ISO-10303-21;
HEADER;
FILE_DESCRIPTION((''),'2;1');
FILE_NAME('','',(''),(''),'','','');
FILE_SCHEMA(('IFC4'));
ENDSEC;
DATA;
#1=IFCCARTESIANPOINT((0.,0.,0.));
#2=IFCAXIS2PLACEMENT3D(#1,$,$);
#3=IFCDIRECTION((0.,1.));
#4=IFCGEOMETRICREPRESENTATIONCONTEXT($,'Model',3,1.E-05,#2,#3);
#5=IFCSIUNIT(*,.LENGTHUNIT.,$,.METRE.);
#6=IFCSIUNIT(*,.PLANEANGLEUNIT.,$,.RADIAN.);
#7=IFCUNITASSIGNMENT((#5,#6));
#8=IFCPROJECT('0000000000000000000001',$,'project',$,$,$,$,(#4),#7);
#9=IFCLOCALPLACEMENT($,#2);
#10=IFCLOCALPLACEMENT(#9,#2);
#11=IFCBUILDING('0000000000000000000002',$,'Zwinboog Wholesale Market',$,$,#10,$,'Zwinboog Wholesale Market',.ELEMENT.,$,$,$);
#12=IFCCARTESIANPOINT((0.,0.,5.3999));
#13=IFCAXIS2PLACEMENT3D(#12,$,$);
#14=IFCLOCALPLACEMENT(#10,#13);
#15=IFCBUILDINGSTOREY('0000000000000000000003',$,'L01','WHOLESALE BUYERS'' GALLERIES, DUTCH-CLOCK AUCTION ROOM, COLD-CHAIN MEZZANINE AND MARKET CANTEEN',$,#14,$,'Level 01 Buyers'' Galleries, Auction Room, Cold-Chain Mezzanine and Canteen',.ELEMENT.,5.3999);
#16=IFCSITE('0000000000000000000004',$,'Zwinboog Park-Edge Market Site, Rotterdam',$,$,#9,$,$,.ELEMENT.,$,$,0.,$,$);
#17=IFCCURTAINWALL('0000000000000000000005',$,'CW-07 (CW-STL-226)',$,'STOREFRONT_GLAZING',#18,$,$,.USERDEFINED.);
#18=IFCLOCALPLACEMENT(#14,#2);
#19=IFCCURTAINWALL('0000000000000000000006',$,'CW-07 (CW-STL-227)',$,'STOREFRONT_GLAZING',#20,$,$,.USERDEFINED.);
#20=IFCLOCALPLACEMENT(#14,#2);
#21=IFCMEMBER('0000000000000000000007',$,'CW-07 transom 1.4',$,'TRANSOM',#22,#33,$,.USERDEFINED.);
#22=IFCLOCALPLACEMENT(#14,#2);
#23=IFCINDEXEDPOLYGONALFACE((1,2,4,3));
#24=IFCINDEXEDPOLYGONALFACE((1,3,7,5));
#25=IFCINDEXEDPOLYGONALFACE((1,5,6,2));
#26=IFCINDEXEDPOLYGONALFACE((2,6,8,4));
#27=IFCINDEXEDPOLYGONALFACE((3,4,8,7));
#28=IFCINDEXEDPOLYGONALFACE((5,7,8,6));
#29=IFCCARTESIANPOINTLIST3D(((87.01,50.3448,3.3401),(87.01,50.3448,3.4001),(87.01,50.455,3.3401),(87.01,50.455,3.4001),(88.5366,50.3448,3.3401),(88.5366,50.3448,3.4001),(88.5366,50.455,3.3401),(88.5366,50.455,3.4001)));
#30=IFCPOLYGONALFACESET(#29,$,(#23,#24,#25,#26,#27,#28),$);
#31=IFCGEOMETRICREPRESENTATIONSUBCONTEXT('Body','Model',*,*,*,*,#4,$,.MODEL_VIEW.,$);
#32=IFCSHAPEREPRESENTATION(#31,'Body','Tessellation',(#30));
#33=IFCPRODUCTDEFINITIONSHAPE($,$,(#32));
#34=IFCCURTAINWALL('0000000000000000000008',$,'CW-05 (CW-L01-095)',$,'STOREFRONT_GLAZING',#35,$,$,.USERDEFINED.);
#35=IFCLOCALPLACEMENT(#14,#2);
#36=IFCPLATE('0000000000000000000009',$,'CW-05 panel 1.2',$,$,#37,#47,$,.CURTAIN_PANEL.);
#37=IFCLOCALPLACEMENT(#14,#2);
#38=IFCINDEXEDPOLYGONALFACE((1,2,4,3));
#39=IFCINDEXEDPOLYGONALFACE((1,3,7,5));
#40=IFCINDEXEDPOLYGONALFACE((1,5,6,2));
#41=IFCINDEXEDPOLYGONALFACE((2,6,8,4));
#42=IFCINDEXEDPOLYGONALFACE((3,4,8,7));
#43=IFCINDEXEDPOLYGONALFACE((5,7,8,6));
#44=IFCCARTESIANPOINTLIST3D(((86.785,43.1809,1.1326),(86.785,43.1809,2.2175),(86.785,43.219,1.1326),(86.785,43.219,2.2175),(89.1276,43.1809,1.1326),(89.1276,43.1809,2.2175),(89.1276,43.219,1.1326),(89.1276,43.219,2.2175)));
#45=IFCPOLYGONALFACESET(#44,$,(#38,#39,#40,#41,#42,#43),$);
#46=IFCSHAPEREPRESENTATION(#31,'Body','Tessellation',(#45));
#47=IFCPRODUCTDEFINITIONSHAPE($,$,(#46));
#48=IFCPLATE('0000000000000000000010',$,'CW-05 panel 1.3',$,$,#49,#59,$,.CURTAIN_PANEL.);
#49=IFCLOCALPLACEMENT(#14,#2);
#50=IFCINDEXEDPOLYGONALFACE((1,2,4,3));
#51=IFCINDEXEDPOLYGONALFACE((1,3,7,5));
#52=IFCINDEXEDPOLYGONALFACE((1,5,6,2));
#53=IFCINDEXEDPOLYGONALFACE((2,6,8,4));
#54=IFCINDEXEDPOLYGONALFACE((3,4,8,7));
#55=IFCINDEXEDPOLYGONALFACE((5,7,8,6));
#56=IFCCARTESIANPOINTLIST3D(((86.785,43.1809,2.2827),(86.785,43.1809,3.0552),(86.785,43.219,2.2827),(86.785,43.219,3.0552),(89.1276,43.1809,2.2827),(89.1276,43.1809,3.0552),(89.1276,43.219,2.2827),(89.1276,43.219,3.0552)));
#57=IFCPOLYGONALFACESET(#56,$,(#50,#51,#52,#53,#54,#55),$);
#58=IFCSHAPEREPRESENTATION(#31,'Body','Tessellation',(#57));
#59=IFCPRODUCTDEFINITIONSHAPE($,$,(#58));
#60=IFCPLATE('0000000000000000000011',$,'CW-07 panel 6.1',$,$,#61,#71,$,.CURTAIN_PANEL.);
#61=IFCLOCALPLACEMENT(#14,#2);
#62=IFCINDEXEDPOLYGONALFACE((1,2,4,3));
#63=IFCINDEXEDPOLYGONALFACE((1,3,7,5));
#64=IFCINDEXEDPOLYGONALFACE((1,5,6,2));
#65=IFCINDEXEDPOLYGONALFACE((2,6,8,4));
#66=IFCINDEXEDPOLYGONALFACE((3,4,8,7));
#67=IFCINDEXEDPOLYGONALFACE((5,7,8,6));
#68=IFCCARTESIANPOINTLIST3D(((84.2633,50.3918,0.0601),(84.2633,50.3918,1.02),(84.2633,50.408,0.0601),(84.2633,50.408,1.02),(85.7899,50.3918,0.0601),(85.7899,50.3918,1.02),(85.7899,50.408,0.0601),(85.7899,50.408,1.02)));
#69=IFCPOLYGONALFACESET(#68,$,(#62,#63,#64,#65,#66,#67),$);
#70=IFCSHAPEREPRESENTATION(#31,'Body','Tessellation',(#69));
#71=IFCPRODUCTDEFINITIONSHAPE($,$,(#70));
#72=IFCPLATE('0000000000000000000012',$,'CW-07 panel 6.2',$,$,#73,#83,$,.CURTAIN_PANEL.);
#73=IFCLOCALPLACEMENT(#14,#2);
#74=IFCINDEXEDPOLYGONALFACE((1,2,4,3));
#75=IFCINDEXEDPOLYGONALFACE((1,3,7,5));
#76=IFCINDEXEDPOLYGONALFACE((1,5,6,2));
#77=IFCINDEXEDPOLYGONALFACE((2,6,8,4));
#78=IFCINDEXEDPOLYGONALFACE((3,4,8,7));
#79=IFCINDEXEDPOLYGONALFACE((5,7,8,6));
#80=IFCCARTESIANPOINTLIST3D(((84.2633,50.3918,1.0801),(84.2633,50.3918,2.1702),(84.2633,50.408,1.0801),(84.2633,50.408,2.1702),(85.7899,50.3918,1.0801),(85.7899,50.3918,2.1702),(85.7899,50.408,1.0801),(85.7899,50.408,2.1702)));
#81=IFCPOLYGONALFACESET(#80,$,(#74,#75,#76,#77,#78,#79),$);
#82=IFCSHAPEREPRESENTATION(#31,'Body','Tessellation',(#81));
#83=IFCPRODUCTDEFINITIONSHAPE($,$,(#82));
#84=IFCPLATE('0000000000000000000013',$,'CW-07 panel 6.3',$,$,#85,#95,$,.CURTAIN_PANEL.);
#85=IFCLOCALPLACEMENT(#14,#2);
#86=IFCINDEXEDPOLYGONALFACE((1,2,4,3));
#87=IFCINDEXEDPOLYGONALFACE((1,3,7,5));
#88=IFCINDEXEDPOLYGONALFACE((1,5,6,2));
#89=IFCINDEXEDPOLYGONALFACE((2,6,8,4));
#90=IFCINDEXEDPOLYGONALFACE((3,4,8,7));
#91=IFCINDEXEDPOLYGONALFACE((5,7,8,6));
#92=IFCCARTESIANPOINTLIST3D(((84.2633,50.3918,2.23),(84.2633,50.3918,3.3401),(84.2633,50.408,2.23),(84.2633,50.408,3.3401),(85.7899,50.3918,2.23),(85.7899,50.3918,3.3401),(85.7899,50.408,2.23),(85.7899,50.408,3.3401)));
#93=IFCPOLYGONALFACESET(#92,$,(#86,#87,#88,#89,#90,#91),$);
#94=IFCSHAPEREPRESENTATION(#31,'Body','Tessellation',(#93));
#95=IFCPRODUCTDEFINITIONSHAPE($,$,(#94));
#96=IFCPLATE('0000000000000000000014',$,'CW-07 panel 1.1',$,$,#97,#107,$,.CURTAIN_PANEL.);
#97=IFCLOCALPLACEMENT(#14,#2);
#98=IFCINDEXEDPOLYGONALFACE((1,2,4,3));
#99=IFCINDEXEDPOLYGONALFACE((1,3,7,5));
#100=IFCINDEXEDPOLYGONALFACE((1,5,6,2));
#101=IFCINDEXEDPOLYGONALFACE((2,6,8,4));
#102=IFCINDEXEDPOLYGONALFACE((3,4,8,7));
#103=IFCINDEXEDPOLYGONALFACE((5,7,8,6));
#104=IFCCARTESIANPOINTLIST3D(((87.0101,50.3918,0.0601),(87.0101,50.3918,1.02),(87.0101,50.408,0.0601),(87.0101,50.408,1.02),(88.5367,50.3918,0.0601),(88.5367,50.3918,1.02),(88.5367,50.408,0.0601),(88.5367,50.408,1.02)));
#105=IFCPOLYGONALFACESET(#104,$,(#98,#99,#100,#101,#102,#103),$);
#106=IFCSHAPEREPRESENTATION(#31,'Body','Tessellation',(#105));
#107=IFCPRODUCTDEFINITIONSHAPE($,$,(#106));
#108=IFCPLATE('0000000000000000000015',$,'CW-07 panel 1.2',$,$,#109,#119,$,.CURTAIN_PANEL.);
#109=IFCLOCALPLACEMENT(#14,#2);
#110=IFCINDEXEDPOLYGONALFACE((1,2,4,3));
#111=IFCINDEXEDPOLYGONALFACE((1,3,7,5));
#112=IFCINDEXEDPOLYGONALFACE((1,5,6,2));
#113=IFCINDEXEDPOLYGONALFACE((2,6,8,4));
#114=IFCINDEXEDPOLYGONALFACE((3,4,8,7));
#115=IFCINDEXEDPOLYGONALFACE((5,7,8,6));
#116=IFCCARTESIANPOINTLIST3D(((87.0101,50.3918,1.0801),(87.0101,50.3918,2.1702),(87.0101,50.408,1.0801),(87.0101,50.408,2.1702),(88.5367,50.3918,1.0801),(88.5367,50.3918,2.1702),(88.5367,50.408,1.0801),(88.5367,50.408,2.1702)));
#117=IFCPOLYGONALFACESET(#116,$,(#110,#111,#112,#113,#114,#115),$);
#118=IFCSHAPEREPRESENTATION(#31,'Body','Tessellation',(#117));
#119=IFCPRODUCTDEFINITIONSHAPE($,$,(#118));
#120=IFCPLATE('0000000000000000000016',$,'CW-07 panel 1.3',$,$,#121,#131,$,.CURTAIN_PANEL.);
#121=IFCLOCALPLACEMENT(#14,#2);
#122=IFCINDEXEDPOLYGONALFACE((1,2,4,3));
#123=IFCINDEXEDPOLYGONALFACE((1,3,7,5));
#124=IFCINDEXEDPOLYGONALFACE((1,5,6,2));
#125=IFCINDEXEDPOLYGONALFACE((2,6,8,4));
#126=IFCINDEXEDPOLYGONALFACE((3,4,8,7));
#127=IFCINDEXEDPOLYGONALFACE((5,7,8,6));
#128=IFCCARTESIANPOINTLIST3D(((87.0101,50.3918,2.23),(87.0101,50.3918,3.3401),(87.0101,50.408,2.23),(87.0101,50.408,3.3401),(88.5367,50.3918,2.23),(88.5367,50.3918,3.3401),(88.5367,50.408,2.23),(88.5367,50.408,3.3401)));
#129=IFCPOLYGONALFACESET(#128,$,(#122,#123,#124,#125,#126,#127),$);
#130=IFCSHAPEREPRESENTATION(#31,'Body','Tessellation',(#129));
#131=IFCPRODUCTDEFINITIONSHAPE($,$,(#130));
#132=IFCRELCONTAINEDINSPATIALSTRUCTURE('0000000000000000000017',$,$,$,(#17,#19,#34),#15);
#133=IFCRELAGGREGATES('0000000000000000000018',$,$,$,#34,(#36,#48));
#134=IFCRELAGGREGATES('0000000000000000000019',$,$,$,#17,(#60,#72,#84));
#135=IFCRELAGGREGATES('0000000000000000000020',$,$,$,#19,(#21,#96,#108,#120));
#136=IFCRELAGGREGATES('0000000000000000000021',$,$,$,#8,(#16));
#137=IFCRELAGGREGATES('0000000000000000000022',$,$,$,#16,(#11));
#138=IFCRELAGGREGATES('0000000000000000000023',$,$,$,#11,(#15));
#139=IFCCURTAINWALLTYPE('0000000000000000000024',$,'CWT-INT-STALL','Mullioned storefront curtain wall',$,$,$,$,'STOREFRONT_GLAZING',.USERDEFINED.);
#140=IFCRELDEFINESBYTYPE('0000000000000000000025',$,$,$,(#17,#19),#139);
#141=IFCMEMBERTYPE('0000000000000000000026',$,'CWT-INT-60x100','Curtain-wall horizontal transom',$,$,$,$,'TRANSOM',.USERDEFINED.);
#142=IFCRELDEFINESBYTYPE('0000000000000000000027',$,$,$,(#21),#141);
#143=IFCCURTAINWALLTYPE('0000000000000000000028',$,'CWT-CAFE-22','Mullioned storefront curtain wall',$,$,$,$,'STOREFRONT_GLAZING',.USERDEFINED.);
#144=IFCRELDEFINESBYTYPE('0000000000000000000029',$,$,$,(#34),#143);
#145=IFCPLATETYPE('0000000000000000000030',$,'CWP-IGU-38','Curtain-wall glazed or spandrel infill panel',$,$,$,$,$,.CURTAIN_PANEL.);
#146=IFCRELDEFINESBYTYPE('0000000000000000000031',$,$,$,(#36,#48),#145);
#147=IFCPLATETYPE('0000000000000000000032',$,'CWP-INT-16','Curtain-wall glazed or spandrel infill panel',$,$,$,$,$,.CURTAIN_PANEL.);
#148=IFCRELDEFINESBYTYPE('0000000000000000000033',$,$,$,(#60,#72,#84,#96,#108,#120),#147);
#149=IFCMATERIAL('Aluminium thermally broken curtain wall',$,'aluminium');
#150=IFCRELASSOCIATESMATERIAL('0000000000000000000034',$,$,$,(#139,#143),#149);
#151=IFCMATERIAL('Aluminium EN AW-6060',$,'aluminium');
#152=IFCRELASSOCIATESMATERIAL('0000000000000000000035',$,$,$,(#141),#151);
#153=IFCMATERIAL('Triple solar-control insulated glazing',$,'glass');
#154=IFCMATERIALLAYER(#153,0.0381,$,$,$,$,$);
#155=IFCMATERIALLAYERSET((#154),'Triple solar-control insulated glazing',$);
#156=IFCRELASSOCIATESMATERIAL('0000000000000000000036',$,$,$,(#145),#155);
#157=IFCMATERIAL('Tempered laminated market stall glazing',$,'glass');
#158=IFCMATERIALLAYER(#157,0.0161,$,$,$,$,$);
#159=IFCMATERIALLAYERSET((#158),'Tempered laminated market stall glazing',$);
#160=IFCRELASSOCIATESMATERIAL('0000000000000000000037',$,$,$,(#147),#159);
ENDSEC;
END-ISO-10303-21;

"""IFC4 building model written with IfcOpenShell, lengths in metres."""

from ifc_helpers import new_model, si_unit, direction, frame, origin, origin_2d, place, context, subcontext, project, spatial, rectangle, extrude, material, layer, layer_set, material_profile, profile_set, type_object, element, aggregate, save


model = new_model("IFC4")

# Units and contexts
model_context = context("Model", 3, precision=1e-05, world=origin(), true_north=direction((0.0, 1.0)))
body_context = subcontext(model_context, "Body", "Model", "MODEL_VIEW")
ifc_project = project(units=[si_unit("LENGTHUNIT", "METRE"), si_unit("PLANEANGLEUNIT", "RADIAN")], contexts=[model_context])

# Site, building, storey
site_placement = place(None, origin())
site = spatial("IfcSite", under=ifc_project, at=site_placement, Name="Zwinboog Park-Edge Market Site, Rotterdam", CompositionType="ELEMENT", RefElevation=0.0)
building_placement = place(site_placement, origin())
building = spatial("IfcBuilding", under=site, at=building_placement, Name="Zwinboog Wholesale Market", LongName="Zwinboog Wholesale Market", CompositionType="ELEMENT")
storey_placement = place(building_placement, frame((0.0, 0.0, 5.3999)))
storey = spatial("IfcBuildingStorey", under=building, at=storey_placement, Name="L01", Description="WHOLESALE BUYERS' GALLERIES, DUTCH-CLOCK AUCTION ROOM, COLD-CHAIN MEZZANINE AND MARKET CANTEEN", LongName="Level 01 Buyers' Galleries, Auction Room, Cold-Chain Mezzanine and Canteen", CompositionType="ELEMENT", Elevation=5.3999)

# Curtain walls
ifc_material_1 = material(Name="Aluminium thermally broken curtain wall", Category="aluminium")
curtain_wall_type_1 = type_object("IfcCurtainWallType", Name="CWT-INT-STALL", Description="Mullioned storefront curtain wall", ElementType="STOREFRONT_GLAZING", PredefinedType="USERDEFINED", material=ifc_material_1)
curtain_wall_1_placement = place(storey_placement, origin())
curtain_wall_1 = element("IfcCurtainWall", 1, at=curtain_wall_1_placement, inside=storey, type_object=curtain_wall_type_1, Name="CW-07 (CW-STL-226)", ObjectType="STOREFRONT_GLAZING", PredefinedType="USERDEFINED")
ifc_material_2 = material(Name="Aluminium EN AW-6060", Category="aluminium")
curtain_wall_2_placement = place(storey_placement, origin())
curtain_wall_2 = element("IfcCurtainWall", 2, at=curtain_wall_2_placement, inside=storey, type_object=curtain_wall_type_1, Name="CW-07 (CW-STL-227)", ObjectType="STOREFRONT_GLAZING", PredefinedType="USERDEFINED")

# Member
ifc_material_profile_1 = material_profile(ifc_material_2, rectangle(XDim=0.1101, YDim=0.0601, at=origin_2d()), Name="AL 60x110")
ifc_profile_set_1 = profile_set([ifc_material_profile_1], Name="Aluminium EN AW-6060")
member_type_1 = type_object("IfcMemberType", Name="CWT-INT-60x100", Description="Curtain-wall horizontal transom", ElementType="TRANSOM", PredefinedType="USERDEFINED", material=ifc_profile_set_1)
member_1_placement = place(storey_placement, frame((87.01, 50.3999, 3.3701), z_axis=(1.0, 0.0, 0.0), x_axis=(0.0, 1.0, 0.0)))
member_1 = element("IfcMember", 3, at=member_1_placement, type_object=member_type_1, Name="CW-07 transom 1.4", ObjectType="TRANSOM", PredefinedType="USERDEFINED", context=body_context, shape_type="SweptSolid", body=[
    extrude(rectangle(XDim=0.1101, YDim=0.0601, at=origin_2d()), origin(), (0.0, 0.0, 1.0), 1.5266),
])

# Curtain wall, plates
curtain_wall_type_2 = type_object("IfcCurtainWallType", Name="CWT-CAFE-22", Description="Mullioned storefront curtain wall", ElementType="STOREFRONT_GLAZING", PredefinedType="USERDEFINED", material=ifc_material_1)
curtain_wall_3_placement = place(storey_placement, origin())
curtain_wall_3 = element("IfcCurtainWall", 4, at=curtain_wall_3_placement, inside=storey, type_object=curtain_wall_type_2, Name="CW-05 (CW-L01-095)", ObjectType="STOREFRONT_GLAZING", PredefinedType="USERDEFINED")
ifc_material_3 = material(Name="Triple solar-control insulated glazing", Category="glass")
ifc_layer_1 = layer(ifc_material_3, 0.0381)
ifc_layer_set_1 = layer_set([ifc_layer_1], Name="Triple solar-control insulated glazing")
plate_type_1 = type_object("IfcPlateType", Name="CWP-IGU-38", Description="Curtain-wall glazed or spandrel infill panel", PredefinedType="CURTAIN_PANEL", material=ifc_layer_set_1)
plate_1_placement = place(storey_placement, frame((87.9563, 43.2, 1.1326), z_axis=(0.0, 0.0, 1.0), x_axis=(1.0, 0.0, 0.0)))
plate_1 = element("IfcPlate", 5, at=plate_1_placement, type_object=plate_type_1, Name="CW-05 panel 1.2", PredefinedType="CURTAIN_PANEL", context=body_context, shape_type="SweptSolid", body=[
    extrude(rectangle(XDim=2.3425, YDim=0.0381, at=origin_2d()), origin(), (0.0, 0.0, 1.0), 1.085),
])
plate_2_placement = place(storey_placement, frame((87.9563, 43.2, 2.2827), z_axis=(0.0, 0.0, 1.0), x_axis=(1.0, 0.0, 0.0)))
plate_2 = element("IfcPlate", 6, at=plate_2_placement, type_object=plate_type_1, Name="CW-05 panel 1.3", PredefinedType="CURTAIN_PANEL", context=body_context, shape_type="SweptSolid", body=[
    extrude(rectangle(XDim=2.3425, YDim=0.0381, at=origin_2d()), origin(), (0.0, 0.0, 1.0), 0.7725),
])
aggregate(curtain_wall_3, [plate_1, plate_2])

# Plates
ifc_material_4 = material(Name="Tempered laminated market stall glazing", Category="glass")
ifc_layer_2 = layer(ifc_material_4, 0.0161)
ifc_layer_set_2 = layer_set([ifc_layer_2], Name="Tempered laminated market stall glazing")
plate_type_2 = type_object("IfcPlateType", Name="CWP-INT-16", Description="Curtain-wall glazed or spandrel infill panel", PredefinedType="CURTAIN_PANEL", material=ifc_layer_set_2)
plate_3_placement = place(storey_placement, frame((85.0266, 50.3999, 0.0601), z_axis=(0.0, 0.0, 1.0), x_axis=(1.0, 0.0, 0.0)))
plate_3 = element("IfcPlate", 7, at=plate_3_placement, type_object=plate_type_2, Name="CW-07 panel 6.1", PredefinedType="CURTAIN_PANEL", context=body_context, shape_type="SweptSolid", body=[
    extrude(rectangle(XDim=1.5266, YDim=0.0161, at=origin_2d()), origin(), (0.0, 0.0, 1.0), 0.96),
])
plate_4_placement = place(storey_placement, frame((85.0266, 50.3999, 1.0801), z_axis=(0.0, 0.0, 1.0), x_axis=(1.0, 0.0, 0.0)))
plate_4 = element("IfcPlate", 8, at=plate_4_placement, type_object=plate_type_2, Name="CW-07 panel 6.2", PredefinedType="CURTAIN_PANEL", context=body_context, shape_type="SweptSolid", body=[
    extrude(rectangle(XDim=1.5266, YDim=0.0161, at=origin_2d()), origin(), (0.0, 0.0, 1.0), 1.0901),
])
plate_5_placement = place(storey_placement, frame((85.0266, 50.3999, 2.23), z_axis=(0.0, 0.0, 1.0), x_axis=(1.0, 0.0, 0.0)))
plate_5 = element("IfcPlate", 9, at=plate_5_placement, type_object=plate_type_2, Name="CW-07 panel 6.3", PredefinedType="CURTAIN_PANEL", context=body_context, shape_type="SweptSolid", body=[
    extrude(rectangle(XDim=1.5266, YDim=0.0161, at=origin_2d()), origin(), (0.0, 0.0, 1.0), 1.1101),
])
aggregate(curtain_wall_1, [plate_3, plate_4, plate_5])
plate_6_placement = place(storey_placement, frame((87.7734, 50.3999, 0.0601), z_axis=(0.0, 0.0, 1.0), x_axis=(1.0, 0.0, 0.0)))
plate_6 = element("IfcPlate", 10, at=plate_6_placement, type_object=plate_type_2, Name="CW-07 panel 1.1", PredefinedType="CURTAIN_PANEL", context=body_context, shape_type="SweptSolid", body=[
    extrude(rectangle(XDim=1.5266, YDim=0.0161, at=origin_2d()), origin(), (0.0, 0.0, 1.0), 0.96),
])
plate_7_placement = place(storey_placement, frame((87.7734, 50.3999, 1.0801), z_axis=(0.0, 0.0, 1.0), x_axis=(1.0, 0.0, 0.0)))
plate_7 = element("IfcPlate", 11, at=plate_7_placement, type_object=plate_type_2, Name="CW-07 panel 1.2", PredefinedType="CURTAIN_PANEL", context=body_context, shape_type="SweptSolid", body=[
    extrude(rectangle(XDim=1.5266, YDim=0.0161, at=origin_2d()), origin(), (0.0, 0.0, 1.0), 1.0901),
])
plate_8_placement = place(storey_placement, frame((87.7734, 50.3999, 2.23), z_axis=(0.0, 0.0, 1.0), x_axis=(1.0, 0.0, 0.0)))
plate_8 = element("IfcPlate", 12, at=plate_8_placement, type_object=plate_type_2, Name="CW-07 panel 1.3", PredefinedType="CURTAIN_PANEL", context=body_context, shape_type="SweptSolid", body=[
    extrude(rectangle(XDim=1.5266, YDim=0.0161, at=origin_2d()), origin(), (0.0, 0.0, 1.0), 1.1101),
])
aggregate(curtain_wall_2, [member_1, plate_6, plate_7, plate_8])

save(model, "model.ifc")
